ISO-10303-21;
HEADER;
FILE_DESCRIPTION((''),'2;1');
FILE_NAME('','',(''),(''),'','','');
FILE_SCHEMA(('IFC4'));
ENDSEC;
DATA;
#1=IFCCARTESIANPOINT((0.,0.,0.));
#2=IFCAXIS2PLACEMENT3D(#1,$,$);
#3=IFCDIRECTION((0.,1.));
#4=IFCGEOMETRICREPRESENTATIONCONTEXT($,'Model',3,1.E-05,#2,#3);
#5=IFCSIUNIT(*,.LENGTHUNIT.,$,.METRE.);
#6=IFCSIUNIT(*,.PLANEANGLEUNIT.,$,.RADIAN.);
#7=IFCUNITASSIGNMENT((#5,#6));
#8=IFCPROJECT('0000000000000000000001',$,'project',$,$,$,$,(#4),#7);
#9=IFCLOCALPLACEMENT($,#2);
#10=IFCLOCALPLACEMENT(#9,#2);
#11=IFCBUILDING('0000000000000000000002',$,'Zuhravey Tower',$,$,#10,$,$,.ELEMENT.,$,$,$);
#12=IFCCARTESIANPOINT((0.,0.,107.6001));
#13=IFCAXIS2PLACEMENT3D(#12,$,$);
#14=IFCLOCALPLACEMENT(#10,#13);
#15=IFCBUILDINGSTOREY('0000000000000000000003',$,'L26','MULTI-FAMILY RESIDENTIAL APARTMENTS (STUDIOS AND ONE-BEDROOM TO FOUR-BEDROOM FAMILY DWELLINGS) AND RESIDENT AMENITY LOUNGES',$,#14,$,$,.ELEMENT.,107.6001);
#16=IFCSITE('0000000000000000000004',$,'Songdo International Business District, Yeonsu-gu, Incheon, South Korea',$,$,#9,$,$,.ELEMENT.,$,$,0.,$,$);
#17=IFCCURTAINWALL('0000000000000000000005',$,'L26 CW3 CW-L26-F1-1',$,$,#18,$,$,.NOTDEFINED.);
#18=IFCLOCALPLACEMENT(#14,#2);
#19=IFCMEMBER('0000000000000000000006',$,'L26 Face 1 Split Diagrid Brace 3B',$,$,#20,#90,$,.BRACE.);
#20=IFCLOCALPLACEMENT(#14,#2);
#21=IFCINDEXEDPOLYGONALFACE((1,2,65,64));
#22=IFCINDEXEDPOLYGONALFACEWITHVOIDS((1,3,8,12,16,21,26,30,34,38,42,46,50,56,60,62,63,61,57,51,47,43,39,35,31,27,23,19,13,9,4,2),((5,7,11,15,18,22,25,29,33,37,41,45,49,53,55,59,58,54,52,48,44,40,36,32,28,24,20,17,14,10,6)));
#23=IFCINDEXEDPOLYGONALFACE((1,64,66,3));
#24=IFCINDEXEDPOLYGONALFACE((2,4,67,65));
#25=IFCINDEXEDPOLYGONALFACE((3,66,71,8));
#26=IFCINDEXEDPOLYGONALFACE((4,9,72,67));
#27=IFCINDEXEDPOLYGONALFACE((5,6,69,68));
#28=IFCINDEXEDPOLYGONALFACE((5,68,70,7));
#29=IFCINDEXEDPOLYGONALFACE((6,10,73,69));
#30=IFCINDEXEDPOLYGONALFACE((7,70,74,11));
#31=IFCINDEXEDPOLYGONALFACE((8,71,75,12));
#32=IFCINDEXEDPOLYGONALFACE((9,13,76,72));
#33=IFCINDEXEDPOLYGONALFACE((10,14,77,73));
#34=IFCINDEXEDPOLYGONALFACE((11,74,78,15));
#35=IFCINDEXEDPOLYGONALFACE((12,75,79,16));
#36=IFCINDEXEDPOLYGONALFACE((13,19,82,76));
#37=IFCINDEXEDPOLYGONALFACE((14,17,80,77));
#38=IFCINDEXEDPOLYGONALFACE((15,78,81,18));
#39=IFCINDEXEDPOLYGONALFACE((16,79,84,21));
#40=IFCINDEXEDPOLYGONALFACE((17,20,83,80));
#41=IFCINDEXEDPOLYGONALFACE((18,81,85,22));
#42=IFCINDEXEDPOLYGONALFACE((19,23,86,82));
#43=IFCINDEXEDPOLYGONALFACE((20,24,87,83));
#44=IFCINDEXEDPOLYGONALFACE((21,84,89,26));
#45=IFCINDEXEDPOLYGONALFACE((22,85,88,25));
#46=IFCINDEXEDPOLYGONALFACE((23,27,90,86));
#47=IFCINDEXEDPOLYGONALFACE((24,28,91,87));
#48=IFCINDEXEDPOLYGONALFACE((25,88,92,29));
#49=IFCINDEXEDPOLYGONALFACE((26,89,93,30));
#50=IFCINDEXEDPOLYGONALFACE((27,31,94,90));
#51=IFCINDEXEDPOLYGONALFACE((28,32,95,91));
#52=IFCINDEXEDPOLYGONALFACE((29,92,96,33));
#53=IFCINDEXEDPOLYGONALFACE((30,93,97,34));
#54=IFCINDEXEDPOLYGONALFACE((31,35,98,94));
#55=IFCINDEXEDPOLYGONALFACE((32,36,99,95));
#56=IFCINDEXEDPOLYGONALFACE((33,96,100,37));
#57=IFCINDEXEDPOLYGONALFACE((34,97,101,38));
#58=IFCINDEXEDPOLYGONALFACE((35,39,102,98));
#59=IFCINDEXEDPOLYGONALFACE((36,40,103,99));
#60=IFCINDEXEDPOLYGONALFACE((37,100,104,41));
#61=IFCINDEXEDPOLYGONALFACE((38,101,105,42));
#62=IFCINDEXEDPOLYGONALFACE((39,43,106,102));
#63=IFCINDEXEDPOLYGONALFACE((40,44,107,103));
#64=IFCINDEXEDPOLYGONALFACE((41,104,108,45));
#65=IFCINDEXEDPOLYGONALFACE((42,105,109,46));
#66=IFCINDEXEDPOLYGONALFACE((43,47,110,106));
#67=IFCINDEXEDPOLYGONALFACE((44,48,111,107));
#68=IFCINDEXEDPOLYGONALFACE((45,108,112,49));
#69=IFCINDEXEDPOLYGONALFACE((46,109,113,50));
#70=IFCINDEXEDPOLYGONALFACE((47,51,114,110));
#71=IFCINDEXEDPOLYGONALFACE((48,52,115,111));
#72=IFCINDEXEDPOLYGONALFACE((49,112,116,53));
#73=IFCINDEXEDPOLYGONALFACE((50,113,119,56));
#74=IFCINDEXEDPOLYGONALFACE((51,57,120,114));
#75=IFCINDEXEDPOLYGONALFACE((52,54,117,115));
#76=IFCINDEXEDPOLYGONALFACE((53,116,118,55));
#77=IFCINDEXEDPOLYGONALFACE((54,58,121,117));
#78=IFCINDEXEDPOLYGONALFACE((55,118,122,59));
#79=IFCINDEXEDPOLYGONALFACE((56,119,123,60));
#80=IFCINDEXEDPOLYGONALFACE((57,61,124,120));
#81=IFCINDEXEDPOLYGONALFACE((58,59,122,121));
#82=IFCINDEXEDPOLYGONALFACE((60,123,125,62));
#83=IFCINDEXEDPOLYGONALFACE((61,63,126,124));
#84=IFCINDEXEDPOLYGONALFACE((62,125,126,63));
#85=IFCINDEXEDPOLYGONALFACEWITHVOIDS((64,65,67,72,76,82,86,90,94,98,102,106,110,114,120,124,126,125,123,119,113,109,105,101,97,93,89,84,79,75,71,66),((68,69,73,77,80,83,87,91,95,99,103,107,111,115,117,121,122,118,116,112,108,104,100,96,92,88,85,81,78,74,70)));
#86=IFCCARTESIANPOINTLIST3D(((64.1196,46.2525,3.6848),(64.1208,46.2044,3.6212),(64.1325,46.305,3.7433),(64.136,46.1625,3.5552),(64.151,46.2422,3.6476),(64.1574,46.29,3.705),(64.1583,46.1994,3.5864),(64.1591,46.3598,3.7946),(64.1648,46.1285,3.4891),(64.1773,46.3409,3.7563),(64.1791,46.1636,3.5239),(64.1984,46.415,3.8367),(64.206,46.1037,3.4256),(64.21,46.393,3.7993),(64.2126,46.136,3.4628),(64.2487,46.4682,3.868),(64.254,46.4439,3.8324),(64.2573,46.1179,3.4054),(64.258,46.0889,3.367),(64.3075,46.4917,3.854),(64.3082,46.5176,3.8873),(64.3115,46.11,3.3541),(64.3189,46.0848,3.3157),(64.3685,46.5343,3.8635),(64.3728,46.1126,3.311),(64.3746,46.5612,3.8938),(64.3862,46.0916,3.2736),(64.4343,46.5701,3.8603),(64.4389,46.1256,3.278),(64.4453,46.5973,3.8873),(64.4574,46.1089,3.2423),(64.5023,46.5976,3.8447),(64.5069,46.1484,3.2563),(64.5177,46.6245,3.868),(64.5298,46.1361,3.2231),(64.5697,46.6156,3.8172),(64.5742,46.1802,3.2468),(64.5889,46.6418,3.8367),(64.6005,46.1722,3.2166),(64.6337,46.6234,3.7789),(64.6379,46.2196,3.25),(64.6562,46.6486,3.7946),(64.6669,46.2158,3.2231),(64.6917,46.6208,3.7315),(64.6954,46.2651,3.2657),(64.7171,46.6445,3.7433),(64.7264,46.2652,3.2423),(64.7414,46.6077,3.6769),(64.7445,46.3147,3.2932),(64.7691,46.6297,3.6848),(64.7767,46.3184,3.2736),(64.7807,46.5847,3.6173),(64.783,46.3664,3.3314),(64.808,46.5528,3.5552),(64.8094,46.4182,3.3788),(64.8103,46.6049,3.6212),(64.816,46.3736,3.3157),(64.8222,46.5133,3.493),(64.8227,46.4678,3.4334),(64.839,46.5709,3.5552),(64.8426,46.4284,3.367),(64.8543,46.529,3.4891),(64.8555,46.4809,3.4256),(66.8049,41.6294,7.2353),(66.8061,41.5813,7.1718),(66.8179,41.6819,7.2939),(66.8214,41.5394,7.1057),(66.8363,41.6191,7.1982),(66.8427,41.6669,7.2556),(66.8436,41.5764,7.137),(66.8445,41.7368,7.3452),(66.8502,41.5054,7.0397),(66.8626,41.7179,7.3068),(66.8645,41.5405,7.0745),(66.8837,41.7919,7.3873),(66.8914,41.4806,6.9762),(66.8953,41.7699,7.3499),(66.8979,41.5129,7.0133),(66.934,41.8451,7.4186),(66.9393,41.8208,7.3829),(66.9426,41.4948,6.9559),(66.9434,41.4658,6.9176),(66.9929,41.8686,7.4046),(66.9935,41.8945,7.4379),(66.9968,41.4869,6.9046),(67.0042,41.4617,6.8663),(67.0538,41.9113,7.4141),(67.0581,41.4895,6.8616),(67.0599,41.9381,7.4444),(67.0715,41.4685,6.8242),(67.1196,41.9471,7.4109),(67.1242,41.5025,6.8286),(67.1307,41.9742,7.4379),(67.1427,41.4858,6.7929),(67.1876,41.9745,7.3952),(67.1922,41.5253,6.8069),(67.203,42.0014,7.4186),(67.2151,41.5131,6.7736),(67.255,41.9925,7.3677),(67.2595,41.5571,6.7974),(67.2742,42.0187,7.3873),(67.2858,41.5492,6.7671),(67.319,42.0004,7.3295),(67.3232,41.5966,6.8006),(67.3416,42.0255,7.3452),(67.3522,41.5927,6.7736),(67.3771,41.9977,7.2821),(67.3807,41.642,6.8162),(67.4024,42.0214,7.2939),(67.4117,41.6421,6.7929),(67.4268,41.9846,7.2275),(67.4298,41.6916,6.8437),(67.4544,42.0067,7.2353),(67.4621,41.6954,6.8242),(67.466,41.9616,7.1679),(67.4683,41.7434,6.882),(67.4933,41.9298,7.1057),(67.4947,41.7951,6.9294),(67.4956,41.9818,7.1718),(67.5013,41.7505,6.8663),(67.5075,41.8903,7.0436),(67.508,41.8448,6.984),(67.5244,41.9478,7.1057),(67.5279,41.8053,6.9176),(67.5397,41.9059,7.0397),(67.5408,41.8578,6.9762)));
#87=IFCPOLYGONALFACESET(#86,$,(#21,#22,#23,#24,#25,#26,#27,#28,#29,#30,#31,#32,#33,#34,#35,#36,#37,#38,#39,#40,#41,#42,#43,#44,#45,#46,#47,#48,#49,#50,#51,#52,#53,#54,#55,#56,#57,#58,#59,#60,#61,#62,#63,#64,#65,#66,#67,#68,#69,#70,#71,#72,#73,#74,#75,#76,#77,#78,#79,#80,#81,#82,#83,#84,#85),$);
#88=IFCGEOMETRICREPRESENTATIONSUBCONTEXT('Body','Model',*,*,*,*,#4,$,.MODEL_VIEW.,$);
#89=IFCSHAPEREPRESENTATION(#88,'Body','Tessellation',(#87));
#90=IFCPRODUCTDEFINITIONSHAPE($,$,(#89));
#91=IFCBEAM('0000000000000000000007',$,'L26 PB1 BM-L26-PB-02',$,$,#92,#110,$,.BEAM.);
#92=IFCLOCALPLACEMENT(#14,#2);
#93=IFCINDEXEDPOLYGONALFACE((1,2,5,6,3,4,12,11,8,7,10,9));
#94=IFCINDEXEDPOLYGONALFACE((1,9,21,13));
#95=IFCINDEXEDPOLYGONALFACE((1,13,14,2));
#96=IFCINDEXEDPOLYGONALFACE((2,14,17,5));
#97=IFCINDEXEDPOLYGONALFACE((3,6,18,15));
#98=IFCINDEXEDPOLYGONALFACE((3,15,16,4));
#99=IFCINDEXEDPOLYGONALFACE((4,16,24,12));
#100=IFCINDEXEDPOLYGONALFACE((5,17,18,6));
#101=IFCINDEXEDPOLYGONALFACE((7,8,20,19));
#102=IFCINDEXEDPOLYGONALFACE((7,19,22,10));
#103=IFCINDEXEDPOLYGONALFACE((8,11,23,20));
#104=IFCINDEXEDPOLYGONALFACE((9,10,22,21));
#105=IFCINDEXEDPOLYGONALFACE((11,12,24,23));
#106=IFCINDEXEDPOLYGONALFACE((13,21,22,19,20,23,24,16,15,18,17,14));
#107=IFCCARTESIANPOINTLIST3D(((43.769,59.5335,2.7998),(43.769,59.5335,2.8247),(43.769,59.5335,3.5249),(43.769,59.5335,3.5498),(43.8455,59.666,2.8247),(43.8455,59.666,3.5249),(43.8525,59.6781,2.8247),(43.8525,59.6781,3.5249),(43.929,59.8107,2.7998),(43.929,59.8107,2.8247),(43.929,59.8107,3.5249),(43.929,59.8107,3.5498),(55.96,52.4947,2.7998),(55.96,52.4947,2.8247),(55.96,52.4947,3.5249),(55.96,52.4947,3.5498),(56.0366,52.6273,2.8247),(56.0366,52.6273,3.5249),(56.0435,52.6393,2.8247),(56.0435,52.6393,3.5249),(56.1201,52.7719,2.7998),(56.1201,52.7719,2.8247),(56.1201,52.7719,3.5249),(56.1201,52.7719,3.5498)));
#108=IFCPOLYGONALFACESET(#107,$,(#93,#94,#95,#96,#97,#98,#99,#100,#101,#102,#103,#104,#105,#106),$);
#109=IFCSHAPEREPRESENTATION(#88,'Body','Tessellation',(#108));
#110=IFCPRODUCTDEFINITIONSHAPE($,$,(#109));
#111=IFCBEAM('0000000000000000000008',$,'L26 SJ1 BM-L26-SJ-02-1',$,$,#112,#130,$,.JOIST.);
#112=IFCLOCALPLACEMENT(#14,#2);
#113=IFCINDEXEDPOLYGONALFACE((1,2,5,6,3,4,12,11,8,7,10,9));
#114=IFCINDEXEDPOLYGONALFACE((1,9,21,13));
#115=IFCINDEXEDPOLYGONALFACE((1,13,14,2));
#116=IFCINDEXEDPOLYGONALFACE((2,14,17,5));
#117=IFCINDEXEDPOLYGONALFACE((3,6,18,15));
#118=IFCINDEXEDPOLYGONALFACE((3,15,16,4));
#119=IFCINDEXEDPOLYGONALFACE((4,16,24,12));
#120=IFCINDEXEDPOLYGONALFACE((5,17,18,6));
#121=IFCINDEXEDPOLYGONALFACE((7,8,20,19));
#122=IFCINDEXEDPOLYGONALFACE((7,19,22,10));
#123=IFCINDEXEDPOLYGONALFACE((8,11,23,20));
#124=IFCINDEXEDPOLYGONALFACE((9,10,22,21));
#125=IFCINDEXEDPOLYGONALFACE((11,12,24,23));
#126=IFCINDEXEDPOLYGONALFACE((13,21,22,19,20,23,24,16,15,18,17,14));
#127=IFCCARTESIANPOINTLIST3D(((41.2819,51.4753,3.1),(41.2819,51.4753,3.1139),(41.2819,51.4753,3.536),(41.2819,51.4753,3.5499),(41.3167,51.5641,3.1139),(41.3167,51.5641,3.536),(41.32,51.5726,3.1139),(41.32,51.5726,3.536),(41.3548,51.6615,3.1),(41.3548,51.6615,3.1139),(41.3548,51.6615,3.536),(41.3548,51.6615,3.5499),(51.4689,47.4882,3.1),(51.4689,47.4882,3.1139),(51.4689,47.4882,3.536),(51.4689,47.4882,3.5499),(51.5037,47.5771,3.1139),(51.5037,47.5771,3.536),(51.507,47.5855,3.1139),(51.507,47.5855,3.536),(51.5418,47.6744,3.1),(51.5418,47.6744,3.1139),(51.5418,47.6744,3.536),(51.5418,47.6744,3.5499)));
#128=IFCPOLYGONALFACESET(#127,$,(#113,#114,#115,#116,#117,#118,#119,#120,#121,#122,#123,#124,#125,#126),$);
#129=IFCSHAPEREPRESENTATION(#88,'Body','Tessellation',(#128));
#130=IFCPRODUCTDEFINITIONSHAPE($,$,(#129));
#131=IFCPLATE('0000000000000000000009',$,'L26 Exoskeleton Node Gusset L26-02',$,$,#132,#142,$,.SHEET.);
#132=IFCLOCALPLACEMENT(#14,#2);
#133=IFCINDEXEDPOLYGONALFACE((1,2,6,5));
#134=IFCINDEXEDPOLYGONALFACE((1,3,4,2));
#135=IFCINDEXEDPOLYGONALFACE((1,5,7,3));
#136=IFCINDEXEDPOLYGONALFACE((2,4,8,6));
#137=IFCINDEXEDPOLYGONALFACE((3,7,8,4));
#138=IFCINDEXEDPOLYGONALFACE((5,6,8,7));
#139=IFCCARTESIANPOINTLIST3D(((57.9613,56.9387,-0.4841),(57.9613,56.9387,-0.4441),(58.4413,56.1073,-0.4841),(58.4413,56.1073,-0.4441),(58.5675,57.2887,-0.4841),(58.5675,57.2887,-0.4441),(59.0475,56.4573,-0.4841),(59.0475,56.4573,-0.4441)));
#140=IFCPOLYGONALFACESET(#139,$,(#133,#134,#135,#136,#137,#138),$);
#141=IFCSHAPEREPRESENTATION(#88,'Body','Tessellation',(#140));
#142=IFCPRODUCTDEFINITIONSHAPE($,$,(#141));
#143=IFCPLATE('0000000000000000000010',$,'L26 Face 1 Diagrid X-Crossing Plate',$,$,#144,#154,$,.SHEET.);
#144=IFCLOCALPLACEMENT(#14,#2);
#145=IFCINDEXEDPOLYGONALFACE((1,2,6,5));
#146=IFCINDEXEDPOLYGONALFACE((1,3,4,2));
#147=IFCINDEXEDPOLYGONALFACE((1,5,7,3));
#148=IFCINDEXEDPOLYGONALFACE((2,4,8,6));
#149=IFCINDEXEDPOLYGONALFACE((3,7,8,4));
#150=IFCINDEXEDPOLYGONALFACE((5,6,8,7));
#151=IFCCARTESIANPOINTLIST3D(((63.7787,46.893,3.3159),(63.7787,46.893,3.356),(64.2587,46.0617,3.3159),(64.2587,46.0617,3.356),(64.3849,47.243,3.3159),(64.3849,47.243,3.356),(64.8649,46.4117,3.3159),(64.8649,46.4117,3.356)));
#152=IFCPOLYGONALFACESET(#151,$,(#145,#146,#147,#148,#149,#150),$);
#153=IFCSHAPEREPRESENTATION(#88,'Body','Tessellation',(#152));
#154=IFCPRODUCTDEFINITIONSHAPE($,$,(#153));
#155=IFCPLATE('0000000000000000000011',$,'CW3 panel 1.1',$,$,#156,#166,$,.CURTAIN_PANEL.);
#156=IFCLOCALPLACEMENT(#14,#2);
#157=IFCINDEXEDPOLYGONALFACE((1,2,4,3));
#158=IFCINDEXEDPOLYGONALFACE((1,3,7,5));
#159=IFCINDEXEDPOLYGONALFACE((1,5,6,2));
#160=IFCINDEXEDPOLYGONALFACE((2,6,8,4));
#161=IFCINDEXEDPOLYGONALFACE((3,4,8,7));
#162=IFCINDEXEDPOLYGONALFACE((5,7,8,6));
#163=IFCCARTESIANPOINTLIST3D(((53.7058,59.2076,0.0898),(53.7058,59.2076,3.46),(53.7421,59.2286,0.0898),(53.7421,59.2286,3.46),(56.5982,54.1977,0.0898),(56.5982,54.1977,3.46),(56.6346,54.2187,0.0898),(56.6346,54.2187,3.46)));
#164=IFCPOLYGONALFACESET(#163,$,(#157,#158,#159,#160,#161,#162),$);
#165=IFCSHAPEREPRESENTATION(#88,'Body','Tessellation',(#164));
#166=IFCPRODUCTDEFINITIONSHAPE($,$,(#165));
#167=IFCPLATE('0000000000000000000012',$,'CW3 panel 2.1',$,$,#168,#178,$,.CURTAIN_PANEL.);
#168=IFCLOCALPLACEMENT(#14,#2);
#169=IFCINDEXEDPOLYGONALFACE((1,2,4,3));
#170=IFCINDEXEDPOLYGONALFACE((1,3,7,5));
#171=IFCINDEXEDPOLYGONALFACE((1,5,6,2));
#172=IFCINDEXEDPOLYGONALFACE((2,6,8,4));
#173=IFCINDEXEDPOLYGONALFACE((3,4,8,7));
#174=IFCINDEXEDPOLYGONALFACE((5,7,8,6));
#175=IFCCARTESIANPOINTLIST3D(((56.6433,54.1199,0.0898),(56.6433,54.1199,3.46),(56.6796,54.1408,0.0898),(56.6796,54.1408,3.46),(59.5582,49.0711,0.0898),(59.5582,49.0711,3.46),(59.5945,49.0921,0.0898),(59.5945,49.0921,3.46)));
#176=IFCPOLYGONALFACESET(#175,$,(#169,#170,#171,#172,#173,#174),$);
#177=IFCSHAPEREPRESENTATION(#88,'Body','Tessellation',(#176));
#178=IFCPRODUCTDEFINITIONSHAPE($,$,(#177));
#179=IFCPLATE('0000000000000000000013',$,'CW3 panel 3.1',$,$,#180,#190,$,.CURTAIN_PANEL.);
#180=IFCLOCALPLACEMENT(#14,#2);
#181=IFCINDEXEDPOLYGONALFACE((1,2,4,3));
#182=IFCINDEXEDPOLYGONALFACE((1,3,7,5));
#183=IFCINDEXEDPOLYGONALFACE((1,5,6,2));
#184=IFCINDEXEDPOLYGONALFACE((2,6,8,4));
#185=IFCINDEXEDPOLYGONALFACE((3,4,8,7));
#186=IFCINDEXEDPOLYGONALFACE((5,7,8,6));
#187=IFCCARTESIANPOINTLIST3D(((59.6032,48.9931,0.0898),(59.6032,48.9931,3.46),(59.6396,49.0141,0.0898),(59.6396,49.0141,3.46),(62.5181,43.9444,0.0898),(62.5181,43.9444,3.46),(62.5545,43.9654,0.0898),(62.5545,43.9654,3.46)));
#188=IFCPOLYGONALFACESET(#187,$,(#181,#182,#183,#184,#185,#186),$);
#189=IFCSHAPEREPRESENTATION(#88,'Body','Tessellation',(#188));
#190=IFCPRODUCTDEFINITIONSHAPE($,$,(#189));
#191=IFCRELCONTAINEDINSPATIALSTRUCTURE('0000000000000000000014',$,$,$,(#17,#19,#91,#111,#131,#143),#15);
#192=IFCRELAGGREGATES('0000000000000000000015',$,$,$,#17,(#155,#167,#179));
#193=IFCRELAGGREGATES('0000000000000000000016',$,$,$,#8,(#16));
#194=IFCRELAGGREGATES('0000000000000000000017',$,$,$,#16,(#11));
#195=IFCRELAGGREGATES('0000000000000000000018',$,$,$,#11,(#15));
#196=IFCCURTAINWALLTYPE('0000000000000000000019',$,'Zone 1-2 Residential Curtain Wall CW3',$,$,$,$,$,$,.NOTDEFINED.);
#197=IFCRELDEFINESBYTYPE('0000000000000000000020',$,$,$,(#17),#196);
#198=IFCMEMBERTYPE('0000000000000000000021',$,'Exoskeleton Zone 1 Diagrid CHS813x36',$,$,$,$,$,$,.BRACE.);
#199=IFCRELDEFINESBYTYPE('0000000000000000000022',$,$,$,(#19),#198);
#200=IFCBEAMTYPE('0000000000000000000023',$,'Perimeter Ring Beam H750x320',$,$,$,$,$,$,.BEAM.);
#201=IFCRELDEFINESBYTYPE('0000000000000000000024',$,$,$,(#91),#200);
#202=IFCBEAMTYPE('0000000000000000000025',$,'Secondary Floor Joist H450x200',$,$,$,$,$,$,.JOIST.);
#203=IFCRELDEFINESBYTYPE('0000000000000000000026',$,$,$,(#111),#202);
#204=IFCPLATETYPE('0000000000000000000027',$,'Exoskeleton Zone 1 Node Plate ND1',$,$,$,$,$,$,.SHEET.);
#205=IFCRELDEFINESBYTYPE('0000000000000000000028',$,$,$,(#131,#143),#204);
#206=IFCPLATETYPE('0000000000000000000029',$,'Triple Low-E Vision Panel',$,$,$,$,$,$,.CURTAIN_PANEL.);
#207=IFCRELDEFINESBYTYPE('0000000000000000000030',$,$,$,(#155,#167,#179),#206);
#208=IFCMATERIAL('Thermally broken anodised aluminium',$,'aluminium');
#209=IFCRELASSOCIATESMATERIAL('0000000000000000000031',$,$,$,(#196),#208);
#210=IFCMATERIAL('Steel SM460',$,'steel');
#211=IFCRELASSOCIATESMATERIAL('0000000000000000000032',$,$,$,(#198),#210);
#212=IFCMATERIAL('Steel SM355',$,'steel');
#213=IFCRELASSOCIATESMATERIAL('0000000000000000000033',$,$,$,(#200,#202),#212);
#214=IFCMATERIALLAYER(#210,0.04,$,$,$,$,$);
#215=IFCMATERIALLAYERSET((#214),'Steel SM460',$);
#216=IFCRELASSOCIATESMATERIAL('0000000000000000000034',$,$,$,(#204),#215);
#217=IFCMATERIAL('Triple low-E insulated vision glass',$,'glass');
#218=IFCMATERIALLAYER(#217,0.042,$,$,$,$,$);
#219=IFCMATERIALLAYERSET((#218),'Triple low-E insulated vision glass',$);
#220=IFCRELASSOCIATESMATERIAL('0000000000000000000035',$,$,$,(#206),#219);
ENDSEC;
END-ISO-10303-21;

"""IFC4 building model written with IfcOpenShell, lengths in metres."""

from ifc_helpers import new_model, si_unit, direction, frame, origin, origin_2d, place, context, subcontext, project, spatial, rectangle, hollow_circle, i_section, extrude, material, layer, layer_set, material_profile, profile_set, type_object, element, aggregate, save


model = new_model("IFC4")

# Units and contexts
model_context = context("Model", 3, precision=1e-05, world=origin(), true_north=direction((0.0, 1.0)))
body_context = subcontext(model_context, "Body", "Model", "MODEL_VIEW")
ifc_project = project(units=[si_unit("LENGTHUNIT", "METRE"), si_unit("PLANEANGLEUNIT", "RADIAN")], contexts=[model_context])

# Site, building, storey
site_placement = place(None, origin())
site = spatial("IfcSite", under=ifc_project, at=site_placement, Name="Songdo International Business District, Yeonsu-gu, Incheon, South Korea", CompositionType="ELEMENT", RefElevation=0.0)
building_placement = place(site_placement, origin())
building = spatial("IfcBuilding", under=site, at=building_placement, Name="Zuhravey Tower", CompositionType="ELEMENT")
storey_placement = place(building_placement, frame((0.0, 0.0, 107.6001)))
storey = spatial("IfcBuildingStorey", under=building, at=storey_placement, Name="L26", Description="MULTI-FAMILY RESIDENTIAL APARTMENTS (STUDIOS AND ONE-BEDROOM TO FOUR-BEDROOM FAMILY DWELLINGS) AND RESIDENT AMENITY LOUNGES", CompositionType="ELEMENT", Elevation=107.6001)

# Shared definitions
ifc_material_1 = material(Name="Thermally broken anodised aluminium", Category="aluminium")
curtain_wall_type = type_object("IfcCurtainWallType", Name="Zone 1-2 Residential Curtain Wall CW3", PredefinedType="NOTDEFINED", material=ifc_material_1)

# Curtain wall
curtain_wall_1_placement = place(storey_placement, origin())
curtain_wall_1 = element("IfcCurtainWall", 1, at=curtain_wall_1_placement, inside=storey, type_object=curtain_wall_type, Name="L26 CW3 CW-L26-F1-1", PredefinedType="NOTDEFINED")

# Member
ifc_material_2 = material(Name="Steel SM460", Category="steel")
ifc_material_profile_1 = material_profile(ifc_material_2, hollow_circle(Radius=0.4065, WallThickness=0.0359, at=origin_2d()), Name="CHS-812.8x36")
ifc_profile_set_1 = profile_set([ifc_material_profile_1], Name="Steel SM460")
member_type_1 = type_object("IfcMemberType", Name="Exoskeleton Zone 1 Diagrid CHS813x36", PredefinedType="BRACE", material=ifc_profile_set_1)
member_1_placement = place(storey_placement, frame((64.4875, 46.3667, 3.5552), z_axis=(0.418407, -0.720334, 0.553222), x_axis=(0.864712, 0.502269, 0.0)))
element("IfcMember", 2, at=member_1_placement, inside=storey, type_object=member_type_1, Name="L26 Face 1 Split Diagrid Brace 3B", PredefinedType="BRACE", context=body_context, shape_type="SweptSolid", body=[
    extrude(hollow_circle(Radius=0.4065, WallThickness=0.0359, at=origin_2d()), origin(), (0.0, 0.0, 1.0), 6.418),
])

# Beams
ifc_material_3 = material(Name="Steel SM355", Category="steel")
ifc_material_profile_2 = material_profile(ifc_material_3, i_section(OverallWidth=0.3201, OverallDepth=0.75, WebThickness=0.0139, FlangeThickness=0.0249, at=origin_2d()), Name="H-750x320x14x25")
ifc_profile_set_2 = profile_set([ifc_material_profile_2], Name="Steel SM355")
beam_type_1 = type_object("IfcBeamType", Name="Perimeter Ring Beam H750x320", PredefinedType="BEAM", material=ifc_profile_set_2)
beam_1_placement = place(storey_placement, frame((56.04, 52.6333, 3.1748), z_axis=(-0.866018, 0.500013, 0.0), x_axis=(-0.500013, -0.866018, 0.0)))
element("IfcBeam", 3, at=beam_1_placement, inside=storey, type_object=beam_type_1, Name="L26 PB1 BM-L26-PB-02", PredefinedType="BEAM", context=body_context, shape_type="SweptSolid", body=[
    extrude(i_section(OverallWidth=0.3201, OverallDepth=0.75, WebThickness=0.0139, FlangeThickness=0.0249, at=origin_2d()), origin(), (0.0, 0.0, 1.0), 14.0771),
])
ifc_material_profile_3 = material_profile(ifc_material_3, i_section(OverallWidth=0.2, OverallDepth=0.45, WebThickness=0.009, FlangeThickness=0.0139, at=origin_2d()), Name="H-450x200x9x14")
ifc_profile_set_3 = profile_set([ifc_material_profile_3], Name="Steel SM355")
beam_type_2 = type_object("IfcBeamType", Name="Secondary Floor Joist H450x200", PredefinedType="JOIST", material=ifc_profile_set_3)
beam_2_placement = place(storey_placement, frame((51.5054, 47.5813, 3.325), z_axis=(-0.931217, 0.364466, 0.0), x_axis=(-0.364466, -0.931217, 0.0)))
element("IfcBeam", 4, at=beam_2_placement, inside=storey, type_object=beam_type_2, Name="L26 SJ1 BM-L26-SJ-02-1", PredefinedType="JOIST", context=body_context, shape_type="SweptSolid", body=[
    extrude(i_section(OverallWidth=0.2, OverallDepth=0.45, WebThickness=0.009, FlangeThickness=0.0139, at=origin_2d()), origin(), (0.0, 0.0, 1.0), 10.9395),
])

# Plates
ifc_layer_1 = layer(ifc_material_2, 0.04)
ifc_layer_set_1 = layer_set([ifc_layer_1], Name="Steel SM460")
plate_type_1 = type_object("IfcPlateType", Name="Exoskeleton Zone 1 Node Plate ND1", PredefinedType="SHEET", material=ifc_layer_set_1)
for number, where, z_axis, x_axis, name in (
    (5, (58.5044, 56.698, -0.4841), (0.0, 0.0, 1.0), (-0.5, 0.866025, 0.0), "L26 Exoskeleton Node Gusset L26-02"),
    (6, (64.3218, 46.6523, 3.3159), (0.0, 0.0, 1.0), (-0.5, 0.866025, 0.0), "L26 Face 1 Diagrid X-Crossing Plate"),
):
    element("IfcPlate", number, at=place(storey_placement, frame(where, z_axis=z_axis, x_axis=x_axis)), inside=storey, type_object=plate_type_1, Name=name, PredefinedType="SHEET", context=body_context, shape_type="SweptSolid", body=[
        extrude(rectangle(XDim=0.96, YDim=0.7, at=origin_2d()), origin(), (0.0, 0.0, 1.0), 0.04),
    ])

# Plates
ifc_material_4 = material(Name="Triple low-E insulated vision glass", Category="glass")
ifc_layer_2 = layer(ifc_material_4, 0.042)
ifc_layer_set_2 = layer_set([ifc_layer_2], Name="Triple low-E insulated vision glass")
plate_type_2 = type_object("IfcPlateType", Name="Triple Low-E Vision Panel", PredefinedType="CURTAIN_PANEL", material=ifc_layer_set_2)
plate_1_placement = place(storey_placement, frame((55.1702, 56.7131, 0.0898), z_axis=(0.0, 0.0, 1.0), x_axis=(0.5, -0.866026, 0.0)))
plate_1 = element("IfcPlate", 7, at=plate_1_placement, type_object=plate_type_2, Name="CW3 panel 1.1", PredefinedType="CURTAIN_PANEL", context=body_context, shape_type="SweptSolid", body=[
    extrude(rectangle(XDim=5.7849, YDim=0.042, at=origin_2d()), origin(), (0.0, 0.0, 1.0), 3.3701),
])
plate_2_placement = place(storey_placement, frame((58.1189, 51.606, 0.0898), z_axis=(0.0, 0.0, 1.0), x_axis=(0.5, -0.866026, 0.0)))
plate_2 = element("IfcPlate", 8, at=plate_2_placement, type_object=plate_type_2, Name="CW3 panel 2.1", PredefinedType="CURTAIN_PANEL", context=body_context, shape_type="SweptSolid", body=[
    extrude(rectangle(XDim=5.8298, YDim=0.042, at=origin_2d()), origin(), (0.0, 0.0, 1.0), 3.3701),
])
plate_3_placement = place(storey_placement, frame((61.0789, 46.4792, 0.0898), z_axis=(0.0, 0.0, 1.0), x_axis=(0.5, -0.866026, 0.0)))
plate_3 = element("IfcPlate", 9, at=plate_3_placement, type_object=plate_type_2, Name="CW3 panel 3.1", PredefinedType="CURTAIN_PANEL", context=body_context, shape_type="SweptSolid", body=[
    extrude(rectangle(XDim=5.8298, YDim=0.042, at=origin_2d()), origin(), (0.0, 0.0, 1.0), 3.3701),
])
aggregate(curtain_wall_1, [plate_1, plate_2, plate_3])

save(model, "model.ifc")
